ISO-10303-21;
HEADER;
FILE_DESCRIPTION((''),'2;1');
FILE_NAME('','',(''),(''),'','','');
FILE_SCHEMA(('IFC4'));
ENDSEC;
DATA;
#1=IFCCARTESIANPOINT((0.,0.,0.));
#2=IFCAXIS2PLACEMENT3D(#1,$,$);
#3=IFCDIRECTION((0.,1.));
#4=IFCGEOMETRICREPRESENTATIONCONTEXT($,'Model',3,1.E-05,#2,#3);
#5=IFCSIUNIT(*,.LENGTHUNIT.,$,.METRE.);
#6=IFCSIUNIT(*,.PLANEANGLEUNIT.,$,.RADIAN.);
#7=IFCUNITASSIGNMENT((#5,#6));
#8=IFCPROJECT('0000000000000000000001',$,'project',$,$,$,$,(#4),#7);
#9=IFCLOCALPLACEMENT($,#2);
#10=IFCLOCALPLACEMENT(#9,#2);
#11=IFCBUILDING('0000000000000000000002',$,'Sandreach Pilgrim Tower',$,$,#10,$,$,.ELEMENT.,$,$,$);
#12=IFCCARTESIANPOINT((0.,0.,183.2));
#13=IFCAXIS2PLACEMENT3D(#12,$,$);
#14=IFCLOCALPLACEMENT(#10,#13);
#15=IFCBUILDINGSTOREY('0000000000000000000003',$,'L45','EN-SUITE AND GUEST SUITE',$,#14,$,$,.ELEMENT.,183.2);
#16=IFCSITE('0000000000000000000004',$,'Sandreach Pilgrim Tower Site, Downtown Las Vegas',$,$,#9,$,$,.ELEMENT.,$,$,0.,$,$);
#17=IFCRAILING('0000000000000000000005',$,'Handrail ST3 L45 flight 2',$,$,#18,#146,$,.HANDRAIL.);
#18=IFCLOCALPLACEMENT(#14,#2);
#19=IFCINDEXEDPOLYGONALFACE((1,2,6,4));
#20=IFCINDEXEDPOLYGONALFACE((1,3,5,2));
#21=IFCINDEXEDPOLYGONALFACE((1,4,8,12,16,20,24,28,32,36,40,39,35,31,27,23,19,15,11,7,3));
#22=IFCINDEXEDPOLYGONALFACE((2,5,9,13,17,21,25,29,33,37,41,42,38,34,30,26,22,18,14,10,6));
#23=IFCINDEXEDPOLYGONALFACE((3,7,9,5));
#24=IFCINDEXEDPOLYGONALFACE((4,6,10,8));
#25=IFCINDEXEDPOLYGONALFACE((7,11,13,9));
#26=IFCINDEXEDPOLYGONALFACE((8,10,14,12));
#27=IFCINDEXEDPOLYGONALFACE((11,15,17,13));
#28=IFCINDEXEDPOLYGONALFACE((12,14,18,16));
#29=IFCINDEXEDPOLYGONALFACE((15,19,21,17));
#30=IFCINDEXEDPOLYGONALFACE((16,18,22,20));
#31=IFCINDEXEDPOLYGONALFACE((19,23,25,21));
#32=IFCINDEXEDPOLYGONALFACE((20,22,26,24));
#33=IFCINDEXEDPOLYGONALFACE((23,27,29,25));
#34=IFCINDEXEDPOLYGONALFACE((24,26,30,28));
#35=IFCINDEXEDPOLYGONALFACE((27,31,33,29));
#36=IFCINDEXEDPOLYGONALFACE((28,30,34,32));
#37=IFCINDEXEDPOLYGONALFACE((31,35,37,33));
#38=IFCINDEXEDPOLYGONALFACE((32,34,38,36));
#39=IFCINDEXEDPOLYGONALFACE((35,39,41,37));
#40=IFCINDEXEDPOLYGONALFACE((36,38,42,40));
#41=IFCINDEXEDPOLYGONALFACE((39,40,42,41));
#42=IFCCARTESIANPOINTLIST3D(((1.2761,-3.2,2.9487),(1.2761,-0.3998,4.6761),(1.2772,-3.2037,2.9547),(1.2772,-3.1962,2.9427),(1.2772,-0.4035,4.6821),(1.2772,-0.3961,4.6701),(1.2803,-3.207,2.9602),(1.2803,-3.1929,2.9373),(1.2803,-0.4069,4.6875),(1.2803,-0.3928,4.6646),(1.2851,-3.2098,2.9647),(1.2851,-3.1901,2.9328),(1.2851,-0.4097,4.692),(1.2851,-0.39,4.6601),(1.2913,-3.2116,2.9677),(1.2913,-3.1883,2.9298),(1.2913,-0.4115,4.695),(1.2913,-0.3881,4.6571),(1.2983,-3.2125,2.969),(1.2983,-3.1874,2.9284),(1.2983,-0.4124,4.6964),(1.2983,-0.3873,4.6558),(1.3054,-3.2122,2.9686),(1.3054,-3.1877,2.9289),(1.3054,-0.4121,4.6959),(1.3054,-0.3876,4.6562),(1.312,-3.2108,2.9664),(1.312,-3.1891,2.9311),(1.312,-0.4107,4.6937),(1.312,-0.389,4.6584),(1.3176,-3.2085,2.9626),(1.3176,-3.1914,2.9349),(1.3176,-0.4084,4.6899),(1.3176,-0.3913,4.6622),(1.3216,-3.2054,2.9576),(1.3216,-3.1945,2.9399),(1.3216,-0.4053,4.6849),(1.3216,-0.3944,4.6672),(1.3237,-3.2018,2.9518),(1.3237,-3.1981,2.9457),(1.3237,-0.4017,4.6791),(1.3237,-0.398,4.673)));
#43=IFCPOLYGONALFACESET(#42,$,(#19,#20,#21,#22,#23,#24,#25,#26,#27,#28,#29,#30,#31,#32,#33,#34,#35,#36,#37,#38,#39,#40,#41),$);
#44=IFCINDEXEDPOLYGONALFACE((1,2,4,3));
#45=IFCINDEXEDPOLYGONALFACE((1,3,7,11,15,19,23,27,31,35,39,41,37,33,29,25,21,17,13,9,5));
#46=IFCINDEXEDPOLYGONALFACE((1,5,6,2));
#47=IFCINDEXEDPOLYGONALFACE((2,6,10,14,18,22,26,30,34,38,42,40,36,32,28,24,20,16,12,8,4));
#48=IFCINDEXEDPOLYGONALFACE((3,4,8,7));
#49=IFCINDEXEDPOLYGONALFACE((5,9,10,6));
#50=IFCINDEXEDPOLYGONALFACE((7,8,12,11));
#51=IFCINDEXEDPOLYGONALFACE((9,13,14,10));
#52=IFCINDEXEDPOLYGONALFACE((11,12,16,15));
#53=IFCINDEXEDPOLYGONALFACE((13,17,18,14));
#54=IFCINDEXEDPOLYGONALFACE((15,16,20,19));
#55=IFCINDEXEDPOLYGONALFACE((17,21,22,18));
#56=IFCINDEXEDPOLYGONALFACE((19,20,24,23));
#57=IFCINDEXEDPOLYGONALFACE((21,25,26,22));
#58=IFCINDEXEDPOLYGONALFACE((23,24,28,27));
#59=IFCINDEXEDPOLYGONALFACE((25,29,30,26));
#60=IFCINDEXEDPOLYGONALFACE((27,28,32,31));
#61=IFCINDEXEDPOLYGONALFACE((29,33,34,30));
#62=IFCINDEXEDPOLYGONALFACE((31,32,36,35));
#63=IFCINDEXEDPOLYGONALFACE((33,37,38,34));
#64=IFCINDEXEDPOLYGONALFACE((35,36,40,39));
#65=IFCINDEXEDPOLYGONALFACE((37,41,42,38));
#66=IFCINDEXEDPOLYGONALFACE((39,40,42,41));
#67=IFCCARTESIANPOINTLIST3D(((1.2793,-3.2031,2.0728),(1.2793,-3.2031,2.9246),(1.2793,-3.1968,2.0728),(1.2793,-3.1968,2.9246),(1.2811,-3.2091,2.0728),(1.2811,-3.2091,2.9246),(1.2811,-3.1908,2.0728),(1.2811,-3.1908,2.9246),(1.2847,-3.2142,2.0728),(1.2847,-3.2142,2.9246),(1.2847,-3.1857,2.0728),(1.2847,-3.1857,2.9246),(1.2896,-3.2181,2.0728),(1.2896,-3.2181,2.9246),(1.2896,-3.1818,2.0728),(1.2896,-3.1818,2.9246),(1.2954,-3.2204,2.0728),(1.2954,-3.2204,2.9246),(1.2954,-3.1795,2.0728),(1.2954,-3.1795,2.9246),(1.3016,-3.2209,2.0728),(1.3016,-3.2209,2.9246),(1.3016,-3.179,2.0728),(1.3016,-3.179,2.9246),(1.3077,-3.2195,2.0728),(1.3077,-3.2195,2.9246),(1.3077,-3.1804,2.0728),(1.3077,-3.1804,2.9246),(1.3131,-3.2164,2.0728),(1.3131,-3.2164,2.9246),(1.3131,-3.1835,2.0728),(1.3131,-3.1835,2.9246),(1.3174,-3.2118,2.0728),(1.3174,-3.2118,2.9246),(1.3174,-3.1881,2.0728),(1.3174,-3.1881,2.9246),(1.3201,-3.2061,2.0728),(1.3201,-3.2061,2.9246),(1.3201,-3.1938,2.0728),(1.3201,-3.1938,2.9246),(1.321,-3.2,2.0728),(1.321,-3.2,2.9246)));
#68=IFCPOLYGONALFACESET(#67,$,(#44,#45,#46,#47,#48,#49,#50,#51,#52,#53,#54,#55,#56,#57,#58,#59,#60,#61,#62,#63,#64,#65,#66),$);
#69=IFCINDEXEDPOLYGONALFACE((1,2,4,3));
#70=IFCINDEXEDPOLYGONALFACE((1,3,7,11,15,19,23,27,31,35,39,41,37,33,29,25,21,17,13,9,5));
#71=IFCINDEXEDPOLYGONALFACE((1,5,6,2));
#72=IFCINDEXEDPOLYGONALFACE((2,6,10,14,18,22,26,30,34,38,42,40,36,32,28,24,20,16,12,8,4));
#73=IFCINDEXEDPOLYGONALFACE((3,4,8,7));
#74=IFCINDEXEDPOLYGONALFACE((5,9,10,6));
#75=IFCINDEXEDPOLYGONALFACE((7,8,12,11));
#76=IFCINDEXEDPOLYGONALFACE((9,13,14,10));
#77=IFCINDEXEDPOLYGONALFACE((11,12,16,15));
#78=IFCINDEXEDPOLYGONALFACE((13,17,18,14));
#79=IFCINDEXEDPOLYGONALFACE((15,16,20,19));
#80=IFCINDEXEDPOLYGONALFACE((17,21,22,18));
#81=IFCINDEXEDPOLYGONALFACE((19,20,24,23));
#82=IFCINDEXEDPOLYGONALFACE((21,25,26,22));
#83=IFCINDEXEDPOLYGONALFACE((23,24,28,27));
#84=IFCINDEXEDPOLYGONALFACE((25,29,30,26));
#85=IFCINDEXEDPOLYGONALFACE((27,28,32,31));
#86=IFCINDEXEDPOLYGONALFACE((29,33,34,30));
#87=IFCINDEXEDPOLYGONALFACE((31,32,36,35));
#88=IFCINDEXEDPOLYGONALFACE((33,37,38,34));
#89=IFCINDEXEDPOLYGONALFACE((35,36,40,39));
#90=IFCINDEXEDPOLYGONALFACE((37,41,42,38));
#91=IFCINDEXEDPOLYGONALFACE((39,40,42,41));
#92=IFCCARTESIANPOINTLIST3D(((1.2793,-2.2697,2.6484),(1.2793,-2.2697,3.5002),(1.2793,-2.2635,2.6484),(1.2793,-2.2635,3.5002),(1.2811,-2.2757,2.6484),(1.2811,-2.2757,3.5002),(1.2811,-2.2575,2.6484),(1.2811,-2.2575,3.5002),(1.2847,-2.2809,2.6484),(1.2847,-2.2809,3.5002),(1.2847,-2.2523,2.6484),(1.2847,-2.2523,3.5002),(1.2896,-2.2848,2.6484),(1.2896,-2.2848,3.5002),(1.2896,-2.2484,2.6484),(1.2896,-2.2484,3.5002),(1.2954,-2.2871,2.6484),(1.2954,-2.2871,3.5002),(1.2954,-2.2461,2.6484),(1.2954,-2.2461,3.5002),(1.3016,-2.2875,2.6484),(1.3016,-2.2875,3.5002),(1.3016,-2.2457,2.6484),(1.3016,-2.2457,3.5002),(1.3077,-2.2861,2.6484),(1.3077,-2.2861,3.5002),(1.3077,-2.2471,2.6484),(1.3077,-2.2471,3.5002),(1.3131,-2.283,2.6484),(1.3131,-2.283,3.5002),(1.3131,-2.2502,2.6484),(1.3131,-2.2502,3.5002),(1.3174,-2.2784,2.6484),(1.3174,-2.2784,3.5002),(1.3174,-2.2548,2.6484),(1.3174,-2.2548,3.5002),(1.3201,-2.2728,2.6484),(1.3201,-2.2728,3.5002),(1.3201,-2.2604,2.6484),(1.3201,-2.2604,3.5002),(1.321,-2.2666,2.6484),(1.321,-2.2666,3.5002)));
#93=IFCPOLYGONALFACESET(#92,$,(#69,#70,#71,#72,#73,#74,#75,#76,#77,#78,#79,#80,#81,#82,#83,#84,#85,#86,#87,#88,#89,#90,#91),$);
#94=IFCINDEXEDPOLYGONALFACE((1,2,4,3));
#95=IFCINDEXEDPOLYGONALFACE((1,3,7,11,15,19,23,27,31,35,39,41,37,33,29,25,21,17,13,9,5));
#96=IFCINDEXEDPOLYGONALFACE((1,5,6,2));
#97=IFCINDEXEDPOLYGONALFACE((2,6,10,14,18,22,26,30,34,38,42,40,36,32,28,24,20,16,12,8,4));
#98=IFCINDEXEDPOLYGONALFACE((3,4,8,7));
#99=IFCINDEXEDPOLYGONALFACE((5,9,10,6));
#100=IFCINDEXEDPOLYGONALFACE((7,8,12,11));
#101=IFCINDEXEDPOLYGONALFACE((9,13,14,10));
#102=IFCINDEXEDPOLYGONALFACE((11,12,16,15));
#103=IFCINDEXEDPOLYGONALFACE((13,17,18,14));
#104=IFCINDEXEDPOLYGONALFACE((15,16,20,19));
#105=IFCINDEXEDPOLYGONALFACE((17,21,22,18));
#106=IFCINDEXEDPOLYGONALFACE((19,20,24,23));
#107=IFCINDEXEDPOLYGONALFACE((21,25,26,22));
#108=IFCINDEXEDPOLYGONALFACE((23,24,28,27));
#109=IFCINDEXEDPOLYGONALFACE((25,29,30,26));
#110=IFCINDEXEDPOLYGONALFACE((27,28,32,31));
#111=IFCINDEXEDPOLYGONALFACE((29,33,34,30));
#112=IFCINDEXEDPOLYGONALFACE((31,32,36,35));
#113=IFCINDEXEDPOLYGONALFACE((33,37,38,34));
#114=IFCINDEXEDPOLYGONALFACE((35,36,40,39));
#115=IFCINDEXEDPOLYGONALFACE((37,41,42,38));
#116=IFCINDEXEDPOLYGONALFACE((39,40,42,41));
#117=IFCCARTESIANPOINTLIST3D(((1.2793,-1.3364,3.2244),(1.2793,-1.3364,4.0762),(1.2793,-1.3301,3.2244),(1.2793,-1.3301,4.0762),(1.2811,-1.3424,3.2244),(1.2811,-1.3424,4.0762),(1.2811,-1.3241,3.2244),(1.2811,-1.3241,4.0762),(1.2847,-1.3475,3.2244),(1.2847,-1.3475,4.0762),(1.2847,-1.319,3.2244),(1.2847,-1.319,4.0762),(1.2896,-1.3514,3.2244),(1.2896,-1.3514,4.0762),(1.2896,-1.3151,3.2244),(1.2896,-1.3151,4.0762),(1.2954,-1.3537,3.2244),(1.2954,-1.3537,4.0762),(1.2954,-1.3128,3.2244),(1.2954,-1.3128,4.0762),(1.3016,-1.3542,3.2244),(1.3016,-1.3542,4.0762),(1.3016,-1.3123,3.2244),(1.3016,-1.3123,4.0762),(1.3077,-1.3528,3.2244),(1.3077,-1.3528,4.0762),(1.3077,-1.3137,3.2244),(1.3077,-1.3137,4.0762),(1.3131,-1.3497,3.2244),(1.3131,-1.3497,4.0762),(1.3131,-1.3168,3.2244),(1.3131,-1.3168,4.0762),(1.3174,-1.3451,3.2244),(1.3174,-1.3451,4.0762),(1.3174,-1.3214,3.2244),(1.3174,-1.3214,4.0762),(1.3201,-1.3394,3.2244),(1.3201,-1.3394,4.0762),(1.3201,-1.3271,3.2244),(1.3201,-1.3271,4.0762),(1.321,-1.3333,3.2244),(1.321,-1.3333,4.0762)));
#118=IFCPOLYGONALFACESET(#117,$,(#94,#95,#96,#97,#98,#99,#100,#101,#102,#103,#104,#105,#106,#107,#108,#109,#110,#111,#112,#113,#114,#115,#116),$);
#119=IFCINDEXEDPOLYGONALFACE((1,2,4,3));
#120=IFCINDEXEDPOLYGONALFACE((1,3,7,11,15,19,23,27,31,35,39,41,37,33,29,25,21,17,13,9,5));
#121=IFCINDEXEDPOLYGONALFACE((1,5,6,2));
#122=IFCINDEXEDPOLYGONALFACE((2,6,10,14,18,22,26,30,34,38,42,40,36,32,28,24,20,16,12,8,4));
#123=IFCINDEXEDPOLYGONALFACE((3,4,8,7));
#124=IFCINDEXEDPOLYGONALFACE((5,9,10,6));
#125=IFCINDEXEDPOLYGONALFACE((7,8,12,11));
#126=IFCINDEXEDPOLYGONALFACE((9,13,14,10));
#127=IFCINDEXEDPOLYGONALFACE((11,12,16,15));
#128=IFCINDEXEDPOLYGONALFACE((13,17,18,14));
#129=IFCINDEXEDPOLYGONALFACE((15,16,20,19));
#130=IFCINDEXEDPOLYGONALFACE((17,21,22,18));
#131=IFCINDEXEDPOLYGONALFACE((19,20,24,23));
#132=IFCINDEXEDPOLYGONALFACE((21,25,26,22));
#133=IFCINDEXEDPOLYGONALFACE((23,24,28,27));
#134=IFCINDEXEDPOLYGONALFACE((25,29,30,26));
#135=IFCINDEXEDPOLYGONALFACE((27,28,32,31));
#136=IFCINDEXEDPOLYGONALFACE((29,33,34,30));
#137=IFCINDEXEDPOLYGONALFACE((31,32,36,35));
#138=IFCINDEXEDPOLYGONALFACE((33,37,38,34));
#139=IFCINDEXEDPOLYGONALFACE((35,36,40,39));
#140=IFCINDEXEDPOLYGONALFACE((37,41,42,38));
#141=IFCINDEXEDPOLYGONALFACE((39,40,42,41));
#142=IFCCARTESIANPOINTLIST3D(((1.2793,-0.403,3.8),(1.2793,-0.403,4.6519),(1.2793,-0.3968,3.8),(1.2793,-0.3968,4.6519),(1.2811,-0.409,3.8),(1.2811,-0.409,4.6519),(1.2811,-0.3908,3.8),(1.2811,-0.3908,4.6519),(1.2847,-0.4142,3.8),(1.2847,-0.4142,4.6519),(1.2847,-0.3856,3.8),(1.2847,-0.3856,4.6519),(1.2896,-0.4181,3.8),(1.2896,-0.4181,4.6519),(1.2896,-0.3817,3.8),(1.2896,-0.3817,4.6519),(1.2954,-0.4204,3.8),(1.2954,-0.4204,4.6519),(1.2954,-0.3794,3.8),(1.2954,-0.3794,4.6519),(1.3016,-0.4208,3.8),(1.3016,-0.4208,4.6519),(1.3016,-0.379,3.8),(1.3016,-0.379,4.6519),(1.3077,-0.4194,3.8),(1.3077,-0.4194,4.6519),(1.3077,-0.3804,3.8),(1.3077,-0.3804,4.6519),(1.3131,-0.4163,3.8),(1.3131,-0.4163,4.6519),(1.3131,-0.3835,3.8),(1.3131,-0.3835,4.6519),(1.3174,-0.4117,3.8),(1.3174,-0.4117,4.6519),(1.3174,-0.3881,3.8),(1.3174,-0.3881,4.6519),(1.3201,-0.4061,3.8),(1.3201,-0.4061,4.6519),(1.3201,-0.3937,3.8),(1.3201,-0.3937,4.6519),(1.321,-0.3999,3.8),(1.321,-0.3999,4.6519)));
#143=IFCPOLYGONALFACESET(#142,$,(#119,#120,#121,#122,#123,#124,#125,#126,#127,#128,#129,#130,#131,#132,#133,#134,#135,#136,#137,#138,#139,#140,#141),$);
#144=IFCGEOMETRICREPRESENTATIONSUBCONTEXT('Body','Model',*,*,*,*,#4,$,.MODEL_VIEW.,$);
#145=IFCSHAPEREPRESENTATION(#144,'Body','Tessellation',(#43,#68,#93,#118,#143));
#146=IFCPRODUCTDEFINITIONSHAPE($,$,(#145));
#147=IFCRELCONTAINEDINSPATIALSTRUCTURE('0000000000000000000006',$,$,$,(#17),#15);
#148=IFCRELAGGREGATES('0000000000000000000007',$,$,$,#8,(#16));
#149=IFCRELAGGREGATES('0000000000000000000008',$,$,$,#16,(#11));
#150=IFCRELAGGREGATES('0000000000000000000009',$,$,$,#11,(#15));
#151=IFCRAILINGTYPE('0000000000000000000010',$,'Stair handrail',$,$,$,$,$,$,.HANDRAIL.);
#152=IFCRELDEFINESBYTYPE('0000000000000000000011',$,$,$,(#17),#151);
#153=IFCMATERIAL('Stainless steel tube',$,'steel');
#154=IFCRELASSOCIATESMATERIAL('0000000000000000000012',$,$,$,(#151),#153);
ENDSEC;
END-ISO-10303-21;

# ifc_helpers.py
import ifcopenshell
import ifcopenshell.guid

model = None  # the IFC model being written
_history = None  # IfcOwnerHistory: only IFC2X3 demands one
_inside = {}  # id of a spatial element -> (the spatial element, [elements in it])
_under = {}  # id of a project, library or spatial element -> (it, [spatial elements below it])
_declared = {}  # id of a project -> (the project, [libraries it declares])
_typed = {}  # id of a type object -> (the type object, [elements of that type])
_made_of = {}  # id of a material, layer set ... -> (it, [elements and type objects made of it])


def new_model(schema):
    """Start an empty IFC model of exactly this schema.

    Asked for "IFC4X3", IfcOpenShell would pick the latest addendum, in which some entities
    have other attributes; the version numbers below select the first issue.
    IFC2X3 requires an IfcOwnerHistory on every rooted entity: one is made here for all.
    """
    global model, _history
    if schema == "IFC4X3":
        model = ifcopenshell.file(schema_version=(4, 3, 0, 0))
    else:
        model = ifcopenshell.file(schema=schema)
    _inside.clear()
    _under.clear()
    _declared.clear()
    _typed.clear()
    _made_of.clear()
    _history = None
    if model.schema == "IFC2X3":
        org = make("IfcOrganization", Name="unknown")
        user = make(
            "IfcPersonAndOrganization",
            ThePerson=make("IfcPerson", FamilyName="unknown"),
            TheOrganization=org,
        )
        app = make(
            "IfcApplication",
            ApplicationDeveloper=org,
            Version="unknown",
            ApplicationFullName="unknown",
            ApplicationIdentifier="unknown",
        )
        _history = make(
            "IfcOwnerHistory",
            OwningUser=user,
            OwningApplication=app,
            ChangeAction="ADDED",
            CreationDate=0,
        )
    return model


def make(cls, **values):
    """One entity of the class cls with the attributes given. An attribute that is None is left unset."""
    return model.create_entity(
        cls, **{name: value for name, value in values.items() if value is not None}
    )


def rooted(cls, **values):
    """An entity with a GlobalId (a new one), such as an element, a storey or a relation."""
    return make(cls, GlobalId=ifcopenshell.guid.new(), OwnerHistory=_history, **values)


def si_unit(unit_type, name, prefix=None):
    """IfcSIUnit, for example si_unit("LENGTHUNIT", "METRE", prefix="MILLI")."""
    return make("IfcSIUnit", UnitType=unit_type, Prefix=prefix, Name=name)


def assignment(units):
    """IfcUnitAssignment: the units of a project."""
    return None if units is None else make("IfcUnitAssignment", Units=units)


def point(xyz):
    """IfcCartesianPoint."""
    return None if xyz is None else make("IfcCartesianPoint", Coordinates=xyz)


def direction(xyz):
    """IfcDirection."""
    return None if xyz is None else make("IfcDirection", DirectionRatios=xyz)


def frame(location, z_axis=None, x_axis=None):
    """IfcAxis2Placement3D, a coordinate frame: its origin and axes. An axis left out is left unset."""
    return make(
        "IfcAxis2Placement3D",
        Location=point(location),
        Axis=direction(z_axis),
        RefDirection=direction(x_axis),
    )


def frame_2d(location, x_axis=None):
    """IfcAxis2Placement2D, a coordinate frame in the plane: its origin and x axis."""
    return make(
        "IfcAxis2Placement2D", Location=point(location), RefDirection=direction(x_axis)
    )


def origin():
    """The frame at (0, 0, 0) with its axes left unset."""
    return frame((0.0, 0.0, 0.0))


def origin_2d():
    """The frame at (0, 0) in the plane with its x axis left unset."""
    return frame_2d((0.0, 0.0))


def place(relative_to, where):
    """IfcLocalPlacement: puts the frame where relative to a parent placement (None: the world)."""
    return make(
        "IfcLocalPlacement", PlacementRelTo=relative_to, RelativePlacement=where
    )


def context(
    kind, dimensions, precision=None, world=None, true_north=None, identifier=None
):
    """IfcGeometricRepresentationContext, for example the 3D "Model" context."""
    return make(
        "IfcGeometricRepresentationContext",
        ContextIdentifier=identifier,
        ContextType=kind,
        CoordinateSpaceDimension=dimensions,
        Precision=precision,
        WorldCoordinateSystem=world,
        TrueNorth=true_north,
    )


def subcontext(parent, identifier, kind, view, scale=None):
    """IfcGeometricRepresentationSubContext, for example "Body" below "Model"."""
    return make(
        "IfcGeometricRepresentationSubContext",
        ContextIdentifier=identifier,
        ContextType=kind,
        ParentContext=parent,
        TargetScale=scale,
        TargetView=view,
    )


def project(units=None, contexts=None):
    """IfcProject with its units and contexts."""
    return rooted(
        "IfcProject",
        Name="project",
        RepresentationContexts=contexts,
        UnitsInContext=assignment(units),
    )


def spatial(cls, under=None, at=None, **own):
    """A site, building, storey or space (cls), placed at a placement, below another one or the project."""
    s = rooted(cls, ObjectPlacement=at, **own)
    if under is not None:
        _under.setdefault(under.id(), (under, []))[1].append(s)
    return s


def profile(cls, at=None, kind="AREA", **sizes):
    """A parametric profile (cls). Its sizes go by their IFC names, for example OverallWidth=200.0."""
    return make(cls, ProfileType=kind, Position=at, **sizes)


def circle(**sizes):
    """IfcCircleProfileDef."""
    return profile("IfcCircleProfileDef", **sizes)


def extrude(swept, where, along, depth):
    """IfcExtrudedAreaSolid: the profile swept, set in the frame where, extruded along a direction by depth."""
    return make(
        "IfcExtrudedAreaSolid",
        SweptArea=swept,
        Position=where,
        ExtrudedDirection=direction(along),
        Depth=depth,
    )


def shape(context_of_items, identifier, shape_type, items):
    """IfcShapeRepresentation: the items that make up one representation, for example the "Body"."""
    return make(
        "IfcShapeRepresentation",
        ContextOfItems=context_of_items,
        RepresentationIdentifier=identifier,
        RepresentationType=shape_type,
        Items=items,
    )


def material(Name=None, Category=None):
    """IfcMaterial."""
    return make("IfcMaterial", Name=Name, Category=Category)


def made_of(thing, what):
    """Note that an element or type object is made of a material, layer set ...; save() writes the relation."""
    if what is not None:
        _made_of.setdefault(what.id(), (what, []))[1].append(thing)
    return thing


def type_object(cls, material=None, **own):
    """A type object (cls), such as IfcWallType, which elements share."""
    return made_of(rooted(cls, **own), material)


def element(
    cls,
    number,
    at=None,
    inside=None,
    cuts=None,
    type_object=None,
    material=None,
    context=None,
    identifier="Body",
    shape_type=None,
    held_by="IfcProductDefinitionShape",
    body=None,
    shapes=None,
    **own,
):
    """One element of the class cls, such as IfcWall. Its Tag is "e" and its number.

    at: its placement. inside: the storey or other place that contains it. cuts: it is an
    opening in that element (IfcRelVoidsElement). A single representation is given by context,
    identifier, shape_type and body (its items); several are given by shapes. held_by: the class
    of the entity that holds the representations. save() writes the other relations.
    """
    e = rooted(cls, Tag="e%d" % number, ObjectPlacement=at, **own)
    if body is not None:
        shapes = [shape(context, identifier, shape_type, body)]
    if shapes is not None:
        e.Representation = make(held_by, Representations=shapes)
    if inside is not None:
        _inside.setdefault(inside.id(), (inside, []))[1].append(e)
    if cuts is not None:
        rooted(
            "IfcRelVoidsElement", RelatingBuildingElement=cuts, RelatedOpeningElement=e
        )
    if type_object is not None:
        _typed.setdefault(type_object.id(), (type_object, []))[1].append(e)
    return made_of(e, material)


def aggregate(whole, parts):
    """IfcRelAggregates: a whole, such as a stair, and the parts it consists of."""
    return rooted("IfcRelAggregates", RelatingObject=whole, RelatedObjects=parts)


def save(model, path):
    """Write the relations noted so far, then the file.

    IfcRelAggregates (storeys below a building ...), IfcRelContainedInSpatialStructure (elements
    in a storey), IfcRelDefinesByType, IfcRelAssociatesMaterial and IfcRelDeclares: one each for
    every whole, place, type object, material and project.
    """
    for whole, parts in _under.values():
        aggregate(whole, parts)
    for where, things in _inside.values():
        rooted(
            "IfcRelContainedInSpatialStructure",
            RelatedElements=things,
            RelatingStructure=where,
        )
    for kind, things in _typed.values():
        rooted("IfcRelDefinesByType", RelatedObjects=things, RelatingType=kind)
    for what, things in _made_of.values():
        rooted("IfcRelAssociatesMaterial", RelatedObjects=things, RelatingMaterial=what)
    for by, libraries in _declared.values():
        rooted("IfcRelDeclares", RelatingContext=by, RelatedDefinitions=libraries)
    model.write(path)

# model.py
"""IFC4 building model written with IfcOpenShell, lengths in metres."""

from ifc_helpers import new_model, si_unit, direction, frame, origin, origin_2d, place, context, subcontext, project, spatial, circle, extrude, material, type_object, element, save


model = new_model("IFC4")

# Units and contexts
model_context = context("Model", 3, precision=1e-05, world=origin(), true_north=direction((0.0, 1.0)))
body_context = subcontext(model_context, "Body", "Model", "MODEL_VIEW")
ifc_project = project(units=[si_unit("LENGTHUNIT", "METRE"), si_unit("PLANEANGLEUNIT", "RADIAN")], contexts=[model_context])

# Site, building, storey
site_placement = place(None, origin())
site = spatial("IfcSite", under=ifc_project, at=site_placement, Name="Sandreach Pilgrim Tower Site, Downtown Las Vegas", CompositionType="ELEMENT", RefElevation=0.0)
building_placement = place(site_placement, origin())
building = spatial("IfcBuilding", under=site, at=building_placement, Name="Sandreach Pilgrim Tower", CompositionType="ELEMENT")
storey_placement = place(building_placement, frame((0.0, 0.0, 183.2)))
storey = spatial("IfcBuildingStorey", under=building, at=storey_placement, Name="L45", Description="EN-SUITE AND GUEST SUITE", CompositionType="ELEMENT", Elevation=183.2)

# Railing
ifc_material_1 = material(Name="Stainless steel tube", Category="steel")
railing_type = type_object("IfcRailingType", Name="Stair handrail", PredefinedType="HANDRAIL", material=ifc_material_1)
for number, where, name in (
    (1, (1.3, -3.2, 2.0728), "Handrail ST3 L45 flight 2"),
):
    element("IfcRailing", number, at=place(storey_placement, frame(where)), inside=storey, type_object=railing_type, Name=name, PredefinedType="HANDRAIL", context=body_context, shape_type="SweptSolid", body=[
        extrude(circle(Radius=0.0239, at=origin_2d()), frame((0.0, 0.0, 0.876), z_axis=(0.0, 0.85109, 0.52502), x_axis=(-1.0, 0.0, 0.0)), (0.0, 0.0, 1.0), 3.29),
        extrude(circle(Radius=0.021, at=origin_2d()), origin(), (0.0, 0.0, 1.0), 0.8518),
        extrude(circle(Radius=0.021, at=origin_2d()), frame((0.0, 0.9333, 0.5757)), (0.0, 0.0, 1.0), 0.8518),
        extrude(circle(Radius=0.021, at=origin_2d()), frame((0.0, 1.8667, 1.1516)), (0.0, 0.0, 1.0), 0.8518),
        extrude(circle(Radius=0.021, at=origin_2d()), frame((0.0, 2.8, 1.7273)), (0.0, 0.0, 1.0), 0.8518),
    ])

save(model, "model.ifc")
